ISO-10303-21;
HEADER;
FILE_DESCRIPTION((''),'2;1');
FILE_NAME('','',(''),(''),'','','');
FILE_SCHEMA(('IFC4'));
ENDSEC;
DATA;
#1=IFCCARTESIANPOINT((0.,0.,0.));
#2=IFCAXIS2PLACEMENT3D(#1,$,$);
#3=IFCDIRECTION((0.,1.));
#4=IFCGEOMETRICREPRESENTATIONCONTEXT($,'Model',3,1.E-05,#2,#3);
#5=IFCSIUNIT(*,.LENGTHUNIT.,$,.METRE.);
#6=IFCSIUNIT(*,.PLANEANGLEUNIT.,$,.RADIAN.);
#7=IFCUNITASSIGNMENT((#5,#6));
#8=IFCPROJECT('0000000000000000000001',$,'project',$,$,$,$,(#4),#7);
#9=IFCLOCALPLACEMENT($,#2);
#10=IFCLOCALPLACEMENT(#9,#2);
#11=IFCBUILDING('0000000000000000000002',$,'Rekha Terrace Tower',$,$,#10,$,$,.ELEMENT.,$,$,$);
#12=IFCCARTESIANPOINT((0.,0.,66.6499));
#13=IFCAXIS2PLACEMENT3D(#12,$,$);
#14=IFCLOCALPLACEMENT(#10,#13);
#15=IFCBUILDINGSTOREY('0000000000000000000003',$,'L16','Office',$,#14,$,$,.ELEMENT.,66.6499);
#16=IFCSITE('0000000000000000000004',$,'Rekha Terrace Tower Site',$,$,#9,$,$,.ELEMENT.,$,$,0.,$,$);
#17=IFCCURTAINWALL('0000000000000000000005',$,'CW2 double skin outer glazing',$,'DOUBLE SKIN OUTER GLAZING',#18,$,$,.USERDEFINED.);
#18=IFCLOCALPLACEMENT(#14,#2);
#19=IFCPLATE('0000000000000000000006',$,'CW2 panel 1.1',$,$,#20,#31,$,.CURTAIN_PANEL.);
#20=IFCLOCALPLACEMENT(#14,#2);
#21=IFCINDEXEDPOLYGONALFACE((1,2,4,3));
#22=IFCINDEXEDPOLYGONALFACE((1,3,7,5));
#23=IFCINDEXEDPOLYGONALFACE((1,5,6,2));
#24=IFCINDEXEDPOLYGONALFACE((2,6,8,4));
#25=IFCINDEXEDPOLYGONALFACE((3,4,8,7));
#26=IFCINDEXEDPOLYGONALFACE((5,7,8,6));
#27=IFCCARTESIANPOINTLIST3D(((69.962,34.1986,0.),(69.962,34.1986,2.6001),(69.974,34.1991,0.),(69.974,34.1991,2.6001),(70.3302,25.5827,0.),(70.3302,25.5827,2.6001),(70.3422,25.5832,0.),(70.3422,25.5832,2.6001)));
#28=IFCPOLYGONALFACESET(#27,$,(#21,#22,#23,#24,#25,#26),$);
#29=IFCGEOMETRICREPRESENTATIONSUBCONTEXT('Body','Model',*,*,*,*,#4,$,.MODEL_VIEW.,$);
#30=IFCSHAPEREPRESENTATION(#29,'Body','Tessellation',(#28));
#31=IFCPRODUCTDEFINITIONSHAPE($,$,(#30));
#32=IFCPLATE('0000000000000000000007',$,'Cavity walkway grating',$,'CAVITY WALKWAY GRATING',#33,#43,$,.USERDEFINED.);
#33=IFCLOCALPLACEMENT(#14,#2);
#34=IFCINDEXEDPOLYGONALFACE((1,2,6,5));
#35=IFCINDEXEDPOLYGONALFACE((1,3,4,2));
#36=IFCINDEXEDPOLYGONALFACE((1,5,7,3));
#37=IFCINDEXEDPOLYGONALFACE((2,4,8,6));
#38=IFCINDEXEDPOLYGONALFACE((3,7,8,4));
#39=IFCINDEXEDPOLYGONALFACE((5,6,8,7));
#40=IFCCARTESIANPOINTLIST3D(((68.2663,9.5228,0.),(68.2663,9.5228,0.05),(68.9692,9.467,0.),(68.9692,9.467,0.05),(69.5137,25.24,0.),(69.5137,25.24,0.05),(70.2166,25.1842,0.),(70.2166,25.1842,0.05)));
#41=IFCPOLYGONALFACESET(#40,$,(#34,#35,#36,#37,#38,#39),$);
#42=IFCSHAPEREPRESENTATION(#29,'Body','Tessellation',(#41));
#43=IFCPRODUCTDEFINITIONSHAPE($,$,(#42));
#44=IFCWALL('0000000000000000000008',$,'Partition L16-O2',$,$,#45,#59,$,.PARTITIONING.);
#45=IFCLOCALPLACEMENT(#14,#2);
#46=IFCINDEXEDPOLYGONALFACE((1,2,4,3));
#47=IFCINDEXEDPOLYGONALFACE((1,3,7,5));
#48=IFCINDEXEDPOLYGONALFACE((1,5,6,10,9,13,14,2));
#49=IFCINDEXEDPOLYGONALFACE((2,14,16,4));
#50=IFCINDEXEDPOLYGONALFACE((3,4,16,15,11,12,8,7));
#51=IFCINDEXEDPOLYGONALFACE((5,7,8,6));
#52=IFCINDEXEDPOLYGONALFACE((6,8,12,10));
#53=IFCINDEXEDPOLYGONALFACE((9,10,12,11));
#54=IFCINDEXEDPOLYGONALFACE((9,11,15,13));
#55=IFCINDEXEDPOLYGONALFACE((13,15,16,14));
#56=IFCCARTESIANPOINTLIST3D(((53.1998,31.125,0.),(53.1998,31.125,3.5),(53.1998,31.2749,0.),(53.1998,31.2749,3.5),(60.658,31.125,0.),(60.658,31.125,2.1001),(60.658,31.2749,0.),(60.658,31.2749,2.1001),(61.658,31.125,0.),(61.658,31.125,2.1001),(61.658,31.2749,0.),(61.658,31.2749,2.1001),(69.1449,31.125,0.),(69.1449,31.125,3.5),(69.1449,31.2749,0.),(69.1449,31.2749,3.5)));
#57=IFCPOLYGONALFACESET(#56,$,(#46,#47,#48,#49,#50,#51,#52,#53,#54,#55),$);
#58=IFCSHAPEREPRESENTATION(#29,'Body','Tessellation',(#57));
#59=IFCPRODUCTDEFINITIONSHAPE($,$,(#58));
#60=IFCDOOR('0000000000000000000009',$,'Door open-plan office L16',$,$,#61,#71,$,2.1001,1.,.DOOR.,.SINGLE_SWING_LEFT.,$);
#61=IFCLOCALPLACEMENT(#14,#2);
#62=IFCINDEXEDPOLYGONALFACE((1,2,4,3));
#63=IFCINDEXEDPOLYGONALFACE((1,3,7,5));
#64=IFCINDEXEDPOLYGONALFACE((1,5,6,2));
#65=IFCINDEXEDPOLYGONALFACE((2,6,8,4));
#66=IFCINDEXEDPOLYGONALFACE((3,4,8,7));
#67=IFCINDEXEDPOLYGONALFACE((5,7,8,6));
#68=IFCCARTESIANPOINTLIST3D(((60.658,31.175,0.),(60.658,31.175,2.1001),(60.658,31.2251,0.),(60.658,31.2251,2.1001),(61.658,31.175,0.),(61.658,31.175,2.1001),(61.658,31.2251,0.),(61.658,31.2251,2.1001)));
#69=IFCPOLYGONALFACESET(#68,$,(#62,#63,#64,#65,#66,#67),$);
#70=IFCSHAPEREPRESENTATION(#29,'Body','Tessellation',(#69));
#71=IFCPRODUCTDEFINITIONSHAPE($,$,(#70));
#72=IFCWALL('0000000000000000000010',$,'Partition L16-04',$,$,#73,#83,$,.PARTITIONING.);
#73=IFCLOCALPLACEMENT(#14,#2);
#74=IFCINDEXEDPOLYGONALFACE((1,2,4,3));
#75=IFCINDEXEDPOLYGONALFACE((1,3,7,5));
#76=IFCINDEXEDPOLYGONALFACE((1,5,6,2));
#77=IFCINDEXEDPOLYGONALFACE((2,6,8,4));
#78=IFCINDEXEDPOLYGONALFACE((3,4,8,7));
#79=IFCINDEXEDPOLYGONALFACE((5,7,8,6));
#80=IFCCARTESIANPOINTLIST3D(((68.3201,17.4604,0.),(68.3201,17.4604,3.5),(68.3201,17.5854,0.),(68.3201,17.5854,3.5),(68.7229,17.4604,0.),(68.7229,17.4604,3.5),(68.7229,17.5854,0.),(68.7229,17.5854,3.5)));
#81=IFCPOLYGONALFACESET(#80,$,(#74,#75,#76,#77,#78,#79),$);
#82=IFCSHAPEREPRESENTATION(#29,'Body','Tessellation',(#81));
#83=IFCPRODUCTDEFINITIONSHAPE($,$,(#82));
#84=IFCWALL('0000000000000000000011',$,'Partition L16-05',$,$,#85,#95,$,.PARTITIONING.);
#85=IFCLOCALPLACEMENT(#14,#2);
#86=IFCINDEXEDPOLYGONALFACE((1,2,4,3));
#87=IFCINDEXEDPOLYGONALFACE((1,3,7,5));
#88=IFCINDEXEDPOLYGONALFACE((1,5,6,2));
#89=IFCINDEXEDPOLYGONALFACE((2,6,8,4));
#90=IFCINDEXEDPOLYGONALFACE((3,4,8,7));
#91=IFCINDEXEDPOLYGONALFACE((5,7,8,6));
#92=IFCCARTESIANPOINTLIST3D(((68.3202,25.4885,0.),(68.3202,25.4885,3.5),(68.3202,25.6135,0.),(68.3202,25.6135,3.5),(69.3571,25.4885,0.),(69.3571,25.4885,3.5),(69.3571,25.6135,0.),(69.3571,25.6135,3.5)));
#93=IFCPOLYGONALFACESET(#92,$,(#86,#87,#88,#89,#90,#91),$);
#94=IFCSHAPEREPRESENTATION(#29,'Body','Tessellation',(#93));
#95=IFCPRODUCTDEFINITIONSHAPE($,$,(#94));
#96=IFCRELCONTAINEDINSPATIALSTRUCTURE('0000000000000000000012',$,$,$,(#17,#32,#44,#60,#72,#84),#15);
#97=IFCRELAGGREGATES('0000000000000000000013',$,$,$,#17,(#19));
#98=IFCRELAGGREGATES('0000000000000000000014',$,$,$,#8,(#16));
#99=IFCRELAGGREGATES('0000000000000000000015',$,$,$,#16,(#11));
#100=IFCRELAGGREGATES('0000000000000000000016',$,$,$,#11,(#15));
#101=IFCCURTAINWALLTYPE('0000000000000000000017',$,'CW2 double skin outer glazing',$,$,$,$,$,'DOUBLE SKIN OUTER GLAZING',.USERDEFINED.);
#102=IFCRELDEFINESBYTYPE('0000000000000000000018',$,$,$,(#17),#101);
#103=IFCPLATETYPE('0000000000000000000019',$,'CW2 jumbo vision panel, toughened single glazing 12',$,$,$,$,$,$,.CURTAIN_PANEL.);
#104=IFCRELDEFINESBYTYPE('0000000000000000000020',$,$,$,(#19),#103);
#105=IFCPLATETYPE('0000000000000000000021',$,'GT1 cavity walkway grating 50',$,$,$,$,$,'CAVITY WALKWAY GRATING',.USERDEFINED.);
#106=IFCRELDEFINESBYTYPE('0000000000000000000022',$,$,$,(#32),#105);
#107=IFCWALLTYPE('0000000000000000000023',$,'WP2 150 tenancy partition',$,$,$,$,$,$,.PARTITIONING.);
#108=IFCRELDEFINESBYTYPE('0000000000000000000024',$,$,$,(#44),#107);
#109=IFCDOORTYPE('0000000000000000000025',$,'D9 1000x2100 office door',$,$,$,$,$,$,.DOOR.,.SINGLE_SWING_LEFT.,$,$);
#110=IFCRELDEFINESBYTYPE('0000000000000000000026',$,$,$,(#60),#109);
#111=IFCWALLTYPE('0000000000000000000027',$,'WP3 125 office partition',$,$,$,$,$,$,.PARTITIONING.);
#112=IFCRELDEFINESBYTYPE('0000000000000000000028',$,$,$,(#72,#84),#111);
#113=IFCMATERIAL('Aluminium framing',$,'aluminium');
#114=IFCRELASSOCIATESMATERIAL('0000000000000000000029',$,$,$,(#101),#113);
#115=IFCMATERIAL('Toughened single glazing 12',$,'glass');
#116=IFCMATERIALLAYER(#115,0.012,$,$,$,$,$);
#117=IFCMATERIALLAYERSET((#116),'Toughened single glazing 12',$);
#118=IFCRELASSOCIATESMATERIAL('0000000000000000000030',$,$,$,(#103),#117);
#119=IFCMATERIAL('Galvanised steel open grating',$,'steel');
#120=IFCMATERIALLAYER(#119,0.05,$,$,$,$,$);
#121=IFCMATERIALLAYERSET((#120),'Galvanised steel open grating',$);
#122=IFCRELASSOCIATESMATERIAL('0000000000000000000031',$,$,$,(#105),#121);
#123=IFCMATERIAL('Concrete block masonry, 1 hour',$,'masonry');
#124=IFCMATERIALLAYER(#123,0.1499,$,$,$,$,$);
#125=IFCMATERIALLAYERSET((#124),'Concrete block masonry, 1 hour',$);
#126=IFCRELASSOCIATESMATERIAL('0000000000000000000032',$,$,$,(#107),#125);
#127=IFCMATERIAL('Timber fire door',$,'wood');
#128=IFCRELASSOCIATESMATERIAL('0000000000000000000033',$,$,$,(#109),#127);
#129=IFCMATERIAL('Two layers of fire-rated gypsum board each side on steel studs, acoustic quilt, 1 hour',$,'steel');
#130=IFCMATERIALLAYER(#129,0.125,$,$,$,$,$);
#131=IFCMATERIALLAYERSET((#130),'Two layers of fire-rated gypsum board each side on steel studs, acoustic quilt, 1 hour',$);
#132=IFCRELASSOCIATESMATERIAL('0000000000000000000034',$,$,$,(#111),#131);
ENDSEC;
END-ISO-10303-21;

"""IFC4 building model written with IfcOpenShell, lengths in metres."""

from ifc_helpers import new_model, si_unit, direction, frame, frame_2d, origin, origin_2d, place, context, subcontext, project, spatial, rectangle, extrude, material, layer, layer_set, type_object, element, fill, aggregate, save


model = new_model("IFC4")

# Units and contexts
model_context = context("Model", 3, precision=1e-05, world=origin(), true_north=direction((0.0, 1.0)))
body_context = subcontext(model_context, "Body", "Model", "MODEL_VIEW")
ifc_project = project(units=[si_unit("LENGTHUNIT", "METRE"), si_unit("PLANEANGLEUNIT", "RADIAN")], contexts=[model_context])

# Site, building, storey
site_placement = place(None, origin())
site = spatial("IfcSite", under=ifc_project, at=site_placement, Name="Rekha Terrace Tower Site", CompositionType="ELEMENT", RefElevation=0.0)
building_placement = place(site_placement, origin())
building = spatial("IfcBuilding", under=site, at=building_placement, Name="Rekha Terrace Tower", CompositionType="ELEMENT")
storey_placement = place(building_placement, frame((0.0, 0.0, 66.6499)))
storey = spatial("IfcBuildingStorey", under=building, at=storey_placement, Name="L16", Description="Office", CompositionType="ELEMENT", Elevation=66.6499)

# Shared definitions
ifc_material_1 = material(Name="Aluminium framing", Category="aluminium")

# Curtain wall
curtain_wall_type_1 = type_object("IfcCurtainWallType", Name="CW2 double skin outer glazing", ElementType="DOUBLE SKIN OUTER GLAZING", PredefinedType="USERDEFINED", material=ifc_material_1)
curtain_wall_1_placement = place(storey_placement, origin())
curtain_wall_1 = element("IfcCurtainWall", 1, at=curtain_wall_1_placement, inside=storey, type_object=curtain_wall_type_1, Name="CW2 double skin outer glazing", ObjectType="DOUBLE SKIN OUTER GLAZING", PredefinedType="USERDEFINED")

# Shared definitions
ifc_material_2 = material(Name="Toughened single glazing 12", Category="glass")
ifc_layer_1 = layer(ifc_material_2, 0.012)
ifc_layer_set_1 = layer_set([ifc_layer_1], Name="Toughened single glazing 12")
plate_type_1 = type_object("IfcPlateType", Name="CW2 jumbo vision panel, toughened single glazing 12", PredefinedType="CURTAIN_PANEL", material=ifc_layer_set_1)

# Plates
plate_1_placement = place(storey_placement, frame((70.1521, 29.8909, 0.0), z_axis=(0.0, 0.0, 1.0), x_axis=(-0.042696, 0.999088, 0.0)))
plate_1 = element("IfcPlate", 2, at=plate_1_placement, type_object=plate_type_1, Name="CW2 panel 1.1", PredefinedType="CURTAIN_PANEL", context=body_context, shape_type="SweptSolid", body=[
    extrude(rectangle(XDim=8.6238, YDim=0.012, at=origin_2d()), origin(), (0.0, 0.0, 1.0), 2.6001),
])
aggregate(curtain_wall_1, [plate_1])
ifc_material_3 = material(Name="Galvanised steel open grating", Category="steel")
ifc_layer_2 = layer(ifc_material_3, 0.05)
ifc_layer_set_2 = layer_set([ifc_layer_2], Name="Galvanised steel open grating")
plate_type_2 = type_object("IfcPlateType", Name="GT1 cavity walkway grating 50", ElementType="CAVITY WALKWAY GRATING", PredefinedType="USERDEFINED", material=ifc_layer_set_2)
plate_2_placement = place(storey_placement, frame((69.2415, 17.3535, 0.0), z_axis=(0.0, 0.0, 1.0), x_axis=(0.079116, 0.996865, 0.0)))
element("IfcPlate", 3, at=plate_2_placement, inside=storey, type_object=plate_type_2, Name="Cavity walkway grating", ObjectType="CAVITY WALKWAY GRATING", PredefinedType="USERDEFINED", context=body_context, shape_type="SweptSolid", body=[
    extrude(rectangle(XDim=15.7666, YDim=0.7051, at=origin_2d()), origin(), (0.0, 0.0, 1.0), 0.05),
])

# Wall, opening, door
ifc_material_4 = material(Name="Concrete block masonry, 1 hour", Category="masonry")
ifc_layer_3 = layer(ifc_material_4, 0.1499)
ifc_layer_set_3 = layer_set([ifc_layer_3], Name="Concrete block masonry, 1 hour")
wall_type_1 = type_object("IfcWallType", Name="WP2 150 tenancy partition", PredefinedType="PARTITIONING", material=ifc_layer_set_3)
wall_1_placement = place(storey_placement, frame((69.145, 31.2, 0.0), z_axis=(0.0, 0.0, 1.0), x_axis=(-1.0, 0.0, 0.0)))
wall_1 = element("IfcWall", 4, at=wall_1_placement, inside=storey, type_object=wall_type_1, Name="Partition L16-O2", PredefinedType="PARTITIONING", context=body_context, shape_type="SweptSolid", body=[
    extrude(rectangle(XDim=15.9451, YDim=0.1499, at=frame_2d((7.9727, 0.0))), origin(), (0.0, 0.0, 1.0), 3.5),
])
opening_placement = place(wall_1_placement, frame((7.4871, 0.0, 0.0)))
opening = element("IfcOpeningElement", 5, at=opening_placement, cuts=wall_1, PredefinedType="OPENING", context=body_context, shape_type="SweptSolid", body=[
    extrude(rectangle(XDim=1.0, YDim=2.1001, at=frame_2d((0.5, 1.05))), frame((0.0, 0.085, 0.0), z_axis=(0.0, -1.0, 0.0), x_axis=(1.0, 0.0, 0.0)), (0.0, 0.0, 1.0), 0.1699),
])
ifc_material_5 = material(Name="Timber fire door", Category="wood")
door_type = type_object("IfcDoorType", Name="D9 1000x2100 office door", OperationType="SINGLE_SWING_LEFT", PredefinedType="DOOR", material=ifc_material_5)
door_placement = place(opening_placement, origin())
door = element("IfcDoor", 6, at=door_placement, inside=storey, type_object=door_type, Name="Door open-plan office L16", OperationType="SINGLE_SWING_LEFT", OverallHeight=2.1001, OverallWidth=1.0, PredefinedType="DOOR", context=body_context, shape_type="SweptSolid", body=[
    extrude(rectangle(XDim=1.0, YDim=2.1001, at=frame_2d((0.5, 1.05))), frame((0.0, 0.0249, 0.0), z_axis=(0.0, -1.0, 0.0), x_axis=(1.0, 0.0, 0.0)), (0.0, 0.0, 1.0), 0.05),
])
fill(opening, door)

# Walls
ifc_material_6 = material(Name="Two layers of fire-rated gypsum board each side on steel studs, acoustic quilt, 1 hour", Category="steel")
ifc_layer_4 = layer(ifc_material_6, 0.125)
ifc_layer_set_4 = layer_set([ifc_layer_4], Name="Two layers of fire-rated gypsum board each side on steel studs, acoustic quilt, 1 hour")
wall_type_2 = type_object("IfcWallType", Name="WP3 125 office partition", PredefinedType="PARTITIONING", material=ifc_layer_set_4)
wall_2_placement = place(storey_placement, frame((68.3201, 17.5229, 0.0), z_axis=(0.0, 0.0, 1.0), x_axis=(1.0, 0.0, 0.0)))
element("IfcWall", 7, at=wall_2_placement, inside=storey, type_object=wall_type_2, Name="Partition L16-04", PredefinedType="PARTITIONING", context=body_context, shape_type="SweptSolid", body=[
    extrude(rectangle(XDim=0.4028, YDim=0.125, at=frame_2d((0.2014, 0.0))), origin(), (0.0, 0.0, 1.0), 3.5),
])
wall_3_placement = place(storey_placement, frame((68.3201, 25.551, 0.0), z_axis=(0.0, 0.0, 1.0), x_axis=(1.0, 0.0, 0.0)))
element("IfcWall", 8, at=wall_3_placement, inside=storey, type_object=wall_type_2, Name="Partition L16-05", PredefinedType="PARTITIONING", context=body_context, shape_type="SweptSolid", body=[
    extrude(rectangle(XDim=1.0369, YDim=0.125, at=frame_2d((0.5186, 0.0))), origin(), (0.0, 0.0, 1.0), 3.5),
])

save(model, "model.ifc")
